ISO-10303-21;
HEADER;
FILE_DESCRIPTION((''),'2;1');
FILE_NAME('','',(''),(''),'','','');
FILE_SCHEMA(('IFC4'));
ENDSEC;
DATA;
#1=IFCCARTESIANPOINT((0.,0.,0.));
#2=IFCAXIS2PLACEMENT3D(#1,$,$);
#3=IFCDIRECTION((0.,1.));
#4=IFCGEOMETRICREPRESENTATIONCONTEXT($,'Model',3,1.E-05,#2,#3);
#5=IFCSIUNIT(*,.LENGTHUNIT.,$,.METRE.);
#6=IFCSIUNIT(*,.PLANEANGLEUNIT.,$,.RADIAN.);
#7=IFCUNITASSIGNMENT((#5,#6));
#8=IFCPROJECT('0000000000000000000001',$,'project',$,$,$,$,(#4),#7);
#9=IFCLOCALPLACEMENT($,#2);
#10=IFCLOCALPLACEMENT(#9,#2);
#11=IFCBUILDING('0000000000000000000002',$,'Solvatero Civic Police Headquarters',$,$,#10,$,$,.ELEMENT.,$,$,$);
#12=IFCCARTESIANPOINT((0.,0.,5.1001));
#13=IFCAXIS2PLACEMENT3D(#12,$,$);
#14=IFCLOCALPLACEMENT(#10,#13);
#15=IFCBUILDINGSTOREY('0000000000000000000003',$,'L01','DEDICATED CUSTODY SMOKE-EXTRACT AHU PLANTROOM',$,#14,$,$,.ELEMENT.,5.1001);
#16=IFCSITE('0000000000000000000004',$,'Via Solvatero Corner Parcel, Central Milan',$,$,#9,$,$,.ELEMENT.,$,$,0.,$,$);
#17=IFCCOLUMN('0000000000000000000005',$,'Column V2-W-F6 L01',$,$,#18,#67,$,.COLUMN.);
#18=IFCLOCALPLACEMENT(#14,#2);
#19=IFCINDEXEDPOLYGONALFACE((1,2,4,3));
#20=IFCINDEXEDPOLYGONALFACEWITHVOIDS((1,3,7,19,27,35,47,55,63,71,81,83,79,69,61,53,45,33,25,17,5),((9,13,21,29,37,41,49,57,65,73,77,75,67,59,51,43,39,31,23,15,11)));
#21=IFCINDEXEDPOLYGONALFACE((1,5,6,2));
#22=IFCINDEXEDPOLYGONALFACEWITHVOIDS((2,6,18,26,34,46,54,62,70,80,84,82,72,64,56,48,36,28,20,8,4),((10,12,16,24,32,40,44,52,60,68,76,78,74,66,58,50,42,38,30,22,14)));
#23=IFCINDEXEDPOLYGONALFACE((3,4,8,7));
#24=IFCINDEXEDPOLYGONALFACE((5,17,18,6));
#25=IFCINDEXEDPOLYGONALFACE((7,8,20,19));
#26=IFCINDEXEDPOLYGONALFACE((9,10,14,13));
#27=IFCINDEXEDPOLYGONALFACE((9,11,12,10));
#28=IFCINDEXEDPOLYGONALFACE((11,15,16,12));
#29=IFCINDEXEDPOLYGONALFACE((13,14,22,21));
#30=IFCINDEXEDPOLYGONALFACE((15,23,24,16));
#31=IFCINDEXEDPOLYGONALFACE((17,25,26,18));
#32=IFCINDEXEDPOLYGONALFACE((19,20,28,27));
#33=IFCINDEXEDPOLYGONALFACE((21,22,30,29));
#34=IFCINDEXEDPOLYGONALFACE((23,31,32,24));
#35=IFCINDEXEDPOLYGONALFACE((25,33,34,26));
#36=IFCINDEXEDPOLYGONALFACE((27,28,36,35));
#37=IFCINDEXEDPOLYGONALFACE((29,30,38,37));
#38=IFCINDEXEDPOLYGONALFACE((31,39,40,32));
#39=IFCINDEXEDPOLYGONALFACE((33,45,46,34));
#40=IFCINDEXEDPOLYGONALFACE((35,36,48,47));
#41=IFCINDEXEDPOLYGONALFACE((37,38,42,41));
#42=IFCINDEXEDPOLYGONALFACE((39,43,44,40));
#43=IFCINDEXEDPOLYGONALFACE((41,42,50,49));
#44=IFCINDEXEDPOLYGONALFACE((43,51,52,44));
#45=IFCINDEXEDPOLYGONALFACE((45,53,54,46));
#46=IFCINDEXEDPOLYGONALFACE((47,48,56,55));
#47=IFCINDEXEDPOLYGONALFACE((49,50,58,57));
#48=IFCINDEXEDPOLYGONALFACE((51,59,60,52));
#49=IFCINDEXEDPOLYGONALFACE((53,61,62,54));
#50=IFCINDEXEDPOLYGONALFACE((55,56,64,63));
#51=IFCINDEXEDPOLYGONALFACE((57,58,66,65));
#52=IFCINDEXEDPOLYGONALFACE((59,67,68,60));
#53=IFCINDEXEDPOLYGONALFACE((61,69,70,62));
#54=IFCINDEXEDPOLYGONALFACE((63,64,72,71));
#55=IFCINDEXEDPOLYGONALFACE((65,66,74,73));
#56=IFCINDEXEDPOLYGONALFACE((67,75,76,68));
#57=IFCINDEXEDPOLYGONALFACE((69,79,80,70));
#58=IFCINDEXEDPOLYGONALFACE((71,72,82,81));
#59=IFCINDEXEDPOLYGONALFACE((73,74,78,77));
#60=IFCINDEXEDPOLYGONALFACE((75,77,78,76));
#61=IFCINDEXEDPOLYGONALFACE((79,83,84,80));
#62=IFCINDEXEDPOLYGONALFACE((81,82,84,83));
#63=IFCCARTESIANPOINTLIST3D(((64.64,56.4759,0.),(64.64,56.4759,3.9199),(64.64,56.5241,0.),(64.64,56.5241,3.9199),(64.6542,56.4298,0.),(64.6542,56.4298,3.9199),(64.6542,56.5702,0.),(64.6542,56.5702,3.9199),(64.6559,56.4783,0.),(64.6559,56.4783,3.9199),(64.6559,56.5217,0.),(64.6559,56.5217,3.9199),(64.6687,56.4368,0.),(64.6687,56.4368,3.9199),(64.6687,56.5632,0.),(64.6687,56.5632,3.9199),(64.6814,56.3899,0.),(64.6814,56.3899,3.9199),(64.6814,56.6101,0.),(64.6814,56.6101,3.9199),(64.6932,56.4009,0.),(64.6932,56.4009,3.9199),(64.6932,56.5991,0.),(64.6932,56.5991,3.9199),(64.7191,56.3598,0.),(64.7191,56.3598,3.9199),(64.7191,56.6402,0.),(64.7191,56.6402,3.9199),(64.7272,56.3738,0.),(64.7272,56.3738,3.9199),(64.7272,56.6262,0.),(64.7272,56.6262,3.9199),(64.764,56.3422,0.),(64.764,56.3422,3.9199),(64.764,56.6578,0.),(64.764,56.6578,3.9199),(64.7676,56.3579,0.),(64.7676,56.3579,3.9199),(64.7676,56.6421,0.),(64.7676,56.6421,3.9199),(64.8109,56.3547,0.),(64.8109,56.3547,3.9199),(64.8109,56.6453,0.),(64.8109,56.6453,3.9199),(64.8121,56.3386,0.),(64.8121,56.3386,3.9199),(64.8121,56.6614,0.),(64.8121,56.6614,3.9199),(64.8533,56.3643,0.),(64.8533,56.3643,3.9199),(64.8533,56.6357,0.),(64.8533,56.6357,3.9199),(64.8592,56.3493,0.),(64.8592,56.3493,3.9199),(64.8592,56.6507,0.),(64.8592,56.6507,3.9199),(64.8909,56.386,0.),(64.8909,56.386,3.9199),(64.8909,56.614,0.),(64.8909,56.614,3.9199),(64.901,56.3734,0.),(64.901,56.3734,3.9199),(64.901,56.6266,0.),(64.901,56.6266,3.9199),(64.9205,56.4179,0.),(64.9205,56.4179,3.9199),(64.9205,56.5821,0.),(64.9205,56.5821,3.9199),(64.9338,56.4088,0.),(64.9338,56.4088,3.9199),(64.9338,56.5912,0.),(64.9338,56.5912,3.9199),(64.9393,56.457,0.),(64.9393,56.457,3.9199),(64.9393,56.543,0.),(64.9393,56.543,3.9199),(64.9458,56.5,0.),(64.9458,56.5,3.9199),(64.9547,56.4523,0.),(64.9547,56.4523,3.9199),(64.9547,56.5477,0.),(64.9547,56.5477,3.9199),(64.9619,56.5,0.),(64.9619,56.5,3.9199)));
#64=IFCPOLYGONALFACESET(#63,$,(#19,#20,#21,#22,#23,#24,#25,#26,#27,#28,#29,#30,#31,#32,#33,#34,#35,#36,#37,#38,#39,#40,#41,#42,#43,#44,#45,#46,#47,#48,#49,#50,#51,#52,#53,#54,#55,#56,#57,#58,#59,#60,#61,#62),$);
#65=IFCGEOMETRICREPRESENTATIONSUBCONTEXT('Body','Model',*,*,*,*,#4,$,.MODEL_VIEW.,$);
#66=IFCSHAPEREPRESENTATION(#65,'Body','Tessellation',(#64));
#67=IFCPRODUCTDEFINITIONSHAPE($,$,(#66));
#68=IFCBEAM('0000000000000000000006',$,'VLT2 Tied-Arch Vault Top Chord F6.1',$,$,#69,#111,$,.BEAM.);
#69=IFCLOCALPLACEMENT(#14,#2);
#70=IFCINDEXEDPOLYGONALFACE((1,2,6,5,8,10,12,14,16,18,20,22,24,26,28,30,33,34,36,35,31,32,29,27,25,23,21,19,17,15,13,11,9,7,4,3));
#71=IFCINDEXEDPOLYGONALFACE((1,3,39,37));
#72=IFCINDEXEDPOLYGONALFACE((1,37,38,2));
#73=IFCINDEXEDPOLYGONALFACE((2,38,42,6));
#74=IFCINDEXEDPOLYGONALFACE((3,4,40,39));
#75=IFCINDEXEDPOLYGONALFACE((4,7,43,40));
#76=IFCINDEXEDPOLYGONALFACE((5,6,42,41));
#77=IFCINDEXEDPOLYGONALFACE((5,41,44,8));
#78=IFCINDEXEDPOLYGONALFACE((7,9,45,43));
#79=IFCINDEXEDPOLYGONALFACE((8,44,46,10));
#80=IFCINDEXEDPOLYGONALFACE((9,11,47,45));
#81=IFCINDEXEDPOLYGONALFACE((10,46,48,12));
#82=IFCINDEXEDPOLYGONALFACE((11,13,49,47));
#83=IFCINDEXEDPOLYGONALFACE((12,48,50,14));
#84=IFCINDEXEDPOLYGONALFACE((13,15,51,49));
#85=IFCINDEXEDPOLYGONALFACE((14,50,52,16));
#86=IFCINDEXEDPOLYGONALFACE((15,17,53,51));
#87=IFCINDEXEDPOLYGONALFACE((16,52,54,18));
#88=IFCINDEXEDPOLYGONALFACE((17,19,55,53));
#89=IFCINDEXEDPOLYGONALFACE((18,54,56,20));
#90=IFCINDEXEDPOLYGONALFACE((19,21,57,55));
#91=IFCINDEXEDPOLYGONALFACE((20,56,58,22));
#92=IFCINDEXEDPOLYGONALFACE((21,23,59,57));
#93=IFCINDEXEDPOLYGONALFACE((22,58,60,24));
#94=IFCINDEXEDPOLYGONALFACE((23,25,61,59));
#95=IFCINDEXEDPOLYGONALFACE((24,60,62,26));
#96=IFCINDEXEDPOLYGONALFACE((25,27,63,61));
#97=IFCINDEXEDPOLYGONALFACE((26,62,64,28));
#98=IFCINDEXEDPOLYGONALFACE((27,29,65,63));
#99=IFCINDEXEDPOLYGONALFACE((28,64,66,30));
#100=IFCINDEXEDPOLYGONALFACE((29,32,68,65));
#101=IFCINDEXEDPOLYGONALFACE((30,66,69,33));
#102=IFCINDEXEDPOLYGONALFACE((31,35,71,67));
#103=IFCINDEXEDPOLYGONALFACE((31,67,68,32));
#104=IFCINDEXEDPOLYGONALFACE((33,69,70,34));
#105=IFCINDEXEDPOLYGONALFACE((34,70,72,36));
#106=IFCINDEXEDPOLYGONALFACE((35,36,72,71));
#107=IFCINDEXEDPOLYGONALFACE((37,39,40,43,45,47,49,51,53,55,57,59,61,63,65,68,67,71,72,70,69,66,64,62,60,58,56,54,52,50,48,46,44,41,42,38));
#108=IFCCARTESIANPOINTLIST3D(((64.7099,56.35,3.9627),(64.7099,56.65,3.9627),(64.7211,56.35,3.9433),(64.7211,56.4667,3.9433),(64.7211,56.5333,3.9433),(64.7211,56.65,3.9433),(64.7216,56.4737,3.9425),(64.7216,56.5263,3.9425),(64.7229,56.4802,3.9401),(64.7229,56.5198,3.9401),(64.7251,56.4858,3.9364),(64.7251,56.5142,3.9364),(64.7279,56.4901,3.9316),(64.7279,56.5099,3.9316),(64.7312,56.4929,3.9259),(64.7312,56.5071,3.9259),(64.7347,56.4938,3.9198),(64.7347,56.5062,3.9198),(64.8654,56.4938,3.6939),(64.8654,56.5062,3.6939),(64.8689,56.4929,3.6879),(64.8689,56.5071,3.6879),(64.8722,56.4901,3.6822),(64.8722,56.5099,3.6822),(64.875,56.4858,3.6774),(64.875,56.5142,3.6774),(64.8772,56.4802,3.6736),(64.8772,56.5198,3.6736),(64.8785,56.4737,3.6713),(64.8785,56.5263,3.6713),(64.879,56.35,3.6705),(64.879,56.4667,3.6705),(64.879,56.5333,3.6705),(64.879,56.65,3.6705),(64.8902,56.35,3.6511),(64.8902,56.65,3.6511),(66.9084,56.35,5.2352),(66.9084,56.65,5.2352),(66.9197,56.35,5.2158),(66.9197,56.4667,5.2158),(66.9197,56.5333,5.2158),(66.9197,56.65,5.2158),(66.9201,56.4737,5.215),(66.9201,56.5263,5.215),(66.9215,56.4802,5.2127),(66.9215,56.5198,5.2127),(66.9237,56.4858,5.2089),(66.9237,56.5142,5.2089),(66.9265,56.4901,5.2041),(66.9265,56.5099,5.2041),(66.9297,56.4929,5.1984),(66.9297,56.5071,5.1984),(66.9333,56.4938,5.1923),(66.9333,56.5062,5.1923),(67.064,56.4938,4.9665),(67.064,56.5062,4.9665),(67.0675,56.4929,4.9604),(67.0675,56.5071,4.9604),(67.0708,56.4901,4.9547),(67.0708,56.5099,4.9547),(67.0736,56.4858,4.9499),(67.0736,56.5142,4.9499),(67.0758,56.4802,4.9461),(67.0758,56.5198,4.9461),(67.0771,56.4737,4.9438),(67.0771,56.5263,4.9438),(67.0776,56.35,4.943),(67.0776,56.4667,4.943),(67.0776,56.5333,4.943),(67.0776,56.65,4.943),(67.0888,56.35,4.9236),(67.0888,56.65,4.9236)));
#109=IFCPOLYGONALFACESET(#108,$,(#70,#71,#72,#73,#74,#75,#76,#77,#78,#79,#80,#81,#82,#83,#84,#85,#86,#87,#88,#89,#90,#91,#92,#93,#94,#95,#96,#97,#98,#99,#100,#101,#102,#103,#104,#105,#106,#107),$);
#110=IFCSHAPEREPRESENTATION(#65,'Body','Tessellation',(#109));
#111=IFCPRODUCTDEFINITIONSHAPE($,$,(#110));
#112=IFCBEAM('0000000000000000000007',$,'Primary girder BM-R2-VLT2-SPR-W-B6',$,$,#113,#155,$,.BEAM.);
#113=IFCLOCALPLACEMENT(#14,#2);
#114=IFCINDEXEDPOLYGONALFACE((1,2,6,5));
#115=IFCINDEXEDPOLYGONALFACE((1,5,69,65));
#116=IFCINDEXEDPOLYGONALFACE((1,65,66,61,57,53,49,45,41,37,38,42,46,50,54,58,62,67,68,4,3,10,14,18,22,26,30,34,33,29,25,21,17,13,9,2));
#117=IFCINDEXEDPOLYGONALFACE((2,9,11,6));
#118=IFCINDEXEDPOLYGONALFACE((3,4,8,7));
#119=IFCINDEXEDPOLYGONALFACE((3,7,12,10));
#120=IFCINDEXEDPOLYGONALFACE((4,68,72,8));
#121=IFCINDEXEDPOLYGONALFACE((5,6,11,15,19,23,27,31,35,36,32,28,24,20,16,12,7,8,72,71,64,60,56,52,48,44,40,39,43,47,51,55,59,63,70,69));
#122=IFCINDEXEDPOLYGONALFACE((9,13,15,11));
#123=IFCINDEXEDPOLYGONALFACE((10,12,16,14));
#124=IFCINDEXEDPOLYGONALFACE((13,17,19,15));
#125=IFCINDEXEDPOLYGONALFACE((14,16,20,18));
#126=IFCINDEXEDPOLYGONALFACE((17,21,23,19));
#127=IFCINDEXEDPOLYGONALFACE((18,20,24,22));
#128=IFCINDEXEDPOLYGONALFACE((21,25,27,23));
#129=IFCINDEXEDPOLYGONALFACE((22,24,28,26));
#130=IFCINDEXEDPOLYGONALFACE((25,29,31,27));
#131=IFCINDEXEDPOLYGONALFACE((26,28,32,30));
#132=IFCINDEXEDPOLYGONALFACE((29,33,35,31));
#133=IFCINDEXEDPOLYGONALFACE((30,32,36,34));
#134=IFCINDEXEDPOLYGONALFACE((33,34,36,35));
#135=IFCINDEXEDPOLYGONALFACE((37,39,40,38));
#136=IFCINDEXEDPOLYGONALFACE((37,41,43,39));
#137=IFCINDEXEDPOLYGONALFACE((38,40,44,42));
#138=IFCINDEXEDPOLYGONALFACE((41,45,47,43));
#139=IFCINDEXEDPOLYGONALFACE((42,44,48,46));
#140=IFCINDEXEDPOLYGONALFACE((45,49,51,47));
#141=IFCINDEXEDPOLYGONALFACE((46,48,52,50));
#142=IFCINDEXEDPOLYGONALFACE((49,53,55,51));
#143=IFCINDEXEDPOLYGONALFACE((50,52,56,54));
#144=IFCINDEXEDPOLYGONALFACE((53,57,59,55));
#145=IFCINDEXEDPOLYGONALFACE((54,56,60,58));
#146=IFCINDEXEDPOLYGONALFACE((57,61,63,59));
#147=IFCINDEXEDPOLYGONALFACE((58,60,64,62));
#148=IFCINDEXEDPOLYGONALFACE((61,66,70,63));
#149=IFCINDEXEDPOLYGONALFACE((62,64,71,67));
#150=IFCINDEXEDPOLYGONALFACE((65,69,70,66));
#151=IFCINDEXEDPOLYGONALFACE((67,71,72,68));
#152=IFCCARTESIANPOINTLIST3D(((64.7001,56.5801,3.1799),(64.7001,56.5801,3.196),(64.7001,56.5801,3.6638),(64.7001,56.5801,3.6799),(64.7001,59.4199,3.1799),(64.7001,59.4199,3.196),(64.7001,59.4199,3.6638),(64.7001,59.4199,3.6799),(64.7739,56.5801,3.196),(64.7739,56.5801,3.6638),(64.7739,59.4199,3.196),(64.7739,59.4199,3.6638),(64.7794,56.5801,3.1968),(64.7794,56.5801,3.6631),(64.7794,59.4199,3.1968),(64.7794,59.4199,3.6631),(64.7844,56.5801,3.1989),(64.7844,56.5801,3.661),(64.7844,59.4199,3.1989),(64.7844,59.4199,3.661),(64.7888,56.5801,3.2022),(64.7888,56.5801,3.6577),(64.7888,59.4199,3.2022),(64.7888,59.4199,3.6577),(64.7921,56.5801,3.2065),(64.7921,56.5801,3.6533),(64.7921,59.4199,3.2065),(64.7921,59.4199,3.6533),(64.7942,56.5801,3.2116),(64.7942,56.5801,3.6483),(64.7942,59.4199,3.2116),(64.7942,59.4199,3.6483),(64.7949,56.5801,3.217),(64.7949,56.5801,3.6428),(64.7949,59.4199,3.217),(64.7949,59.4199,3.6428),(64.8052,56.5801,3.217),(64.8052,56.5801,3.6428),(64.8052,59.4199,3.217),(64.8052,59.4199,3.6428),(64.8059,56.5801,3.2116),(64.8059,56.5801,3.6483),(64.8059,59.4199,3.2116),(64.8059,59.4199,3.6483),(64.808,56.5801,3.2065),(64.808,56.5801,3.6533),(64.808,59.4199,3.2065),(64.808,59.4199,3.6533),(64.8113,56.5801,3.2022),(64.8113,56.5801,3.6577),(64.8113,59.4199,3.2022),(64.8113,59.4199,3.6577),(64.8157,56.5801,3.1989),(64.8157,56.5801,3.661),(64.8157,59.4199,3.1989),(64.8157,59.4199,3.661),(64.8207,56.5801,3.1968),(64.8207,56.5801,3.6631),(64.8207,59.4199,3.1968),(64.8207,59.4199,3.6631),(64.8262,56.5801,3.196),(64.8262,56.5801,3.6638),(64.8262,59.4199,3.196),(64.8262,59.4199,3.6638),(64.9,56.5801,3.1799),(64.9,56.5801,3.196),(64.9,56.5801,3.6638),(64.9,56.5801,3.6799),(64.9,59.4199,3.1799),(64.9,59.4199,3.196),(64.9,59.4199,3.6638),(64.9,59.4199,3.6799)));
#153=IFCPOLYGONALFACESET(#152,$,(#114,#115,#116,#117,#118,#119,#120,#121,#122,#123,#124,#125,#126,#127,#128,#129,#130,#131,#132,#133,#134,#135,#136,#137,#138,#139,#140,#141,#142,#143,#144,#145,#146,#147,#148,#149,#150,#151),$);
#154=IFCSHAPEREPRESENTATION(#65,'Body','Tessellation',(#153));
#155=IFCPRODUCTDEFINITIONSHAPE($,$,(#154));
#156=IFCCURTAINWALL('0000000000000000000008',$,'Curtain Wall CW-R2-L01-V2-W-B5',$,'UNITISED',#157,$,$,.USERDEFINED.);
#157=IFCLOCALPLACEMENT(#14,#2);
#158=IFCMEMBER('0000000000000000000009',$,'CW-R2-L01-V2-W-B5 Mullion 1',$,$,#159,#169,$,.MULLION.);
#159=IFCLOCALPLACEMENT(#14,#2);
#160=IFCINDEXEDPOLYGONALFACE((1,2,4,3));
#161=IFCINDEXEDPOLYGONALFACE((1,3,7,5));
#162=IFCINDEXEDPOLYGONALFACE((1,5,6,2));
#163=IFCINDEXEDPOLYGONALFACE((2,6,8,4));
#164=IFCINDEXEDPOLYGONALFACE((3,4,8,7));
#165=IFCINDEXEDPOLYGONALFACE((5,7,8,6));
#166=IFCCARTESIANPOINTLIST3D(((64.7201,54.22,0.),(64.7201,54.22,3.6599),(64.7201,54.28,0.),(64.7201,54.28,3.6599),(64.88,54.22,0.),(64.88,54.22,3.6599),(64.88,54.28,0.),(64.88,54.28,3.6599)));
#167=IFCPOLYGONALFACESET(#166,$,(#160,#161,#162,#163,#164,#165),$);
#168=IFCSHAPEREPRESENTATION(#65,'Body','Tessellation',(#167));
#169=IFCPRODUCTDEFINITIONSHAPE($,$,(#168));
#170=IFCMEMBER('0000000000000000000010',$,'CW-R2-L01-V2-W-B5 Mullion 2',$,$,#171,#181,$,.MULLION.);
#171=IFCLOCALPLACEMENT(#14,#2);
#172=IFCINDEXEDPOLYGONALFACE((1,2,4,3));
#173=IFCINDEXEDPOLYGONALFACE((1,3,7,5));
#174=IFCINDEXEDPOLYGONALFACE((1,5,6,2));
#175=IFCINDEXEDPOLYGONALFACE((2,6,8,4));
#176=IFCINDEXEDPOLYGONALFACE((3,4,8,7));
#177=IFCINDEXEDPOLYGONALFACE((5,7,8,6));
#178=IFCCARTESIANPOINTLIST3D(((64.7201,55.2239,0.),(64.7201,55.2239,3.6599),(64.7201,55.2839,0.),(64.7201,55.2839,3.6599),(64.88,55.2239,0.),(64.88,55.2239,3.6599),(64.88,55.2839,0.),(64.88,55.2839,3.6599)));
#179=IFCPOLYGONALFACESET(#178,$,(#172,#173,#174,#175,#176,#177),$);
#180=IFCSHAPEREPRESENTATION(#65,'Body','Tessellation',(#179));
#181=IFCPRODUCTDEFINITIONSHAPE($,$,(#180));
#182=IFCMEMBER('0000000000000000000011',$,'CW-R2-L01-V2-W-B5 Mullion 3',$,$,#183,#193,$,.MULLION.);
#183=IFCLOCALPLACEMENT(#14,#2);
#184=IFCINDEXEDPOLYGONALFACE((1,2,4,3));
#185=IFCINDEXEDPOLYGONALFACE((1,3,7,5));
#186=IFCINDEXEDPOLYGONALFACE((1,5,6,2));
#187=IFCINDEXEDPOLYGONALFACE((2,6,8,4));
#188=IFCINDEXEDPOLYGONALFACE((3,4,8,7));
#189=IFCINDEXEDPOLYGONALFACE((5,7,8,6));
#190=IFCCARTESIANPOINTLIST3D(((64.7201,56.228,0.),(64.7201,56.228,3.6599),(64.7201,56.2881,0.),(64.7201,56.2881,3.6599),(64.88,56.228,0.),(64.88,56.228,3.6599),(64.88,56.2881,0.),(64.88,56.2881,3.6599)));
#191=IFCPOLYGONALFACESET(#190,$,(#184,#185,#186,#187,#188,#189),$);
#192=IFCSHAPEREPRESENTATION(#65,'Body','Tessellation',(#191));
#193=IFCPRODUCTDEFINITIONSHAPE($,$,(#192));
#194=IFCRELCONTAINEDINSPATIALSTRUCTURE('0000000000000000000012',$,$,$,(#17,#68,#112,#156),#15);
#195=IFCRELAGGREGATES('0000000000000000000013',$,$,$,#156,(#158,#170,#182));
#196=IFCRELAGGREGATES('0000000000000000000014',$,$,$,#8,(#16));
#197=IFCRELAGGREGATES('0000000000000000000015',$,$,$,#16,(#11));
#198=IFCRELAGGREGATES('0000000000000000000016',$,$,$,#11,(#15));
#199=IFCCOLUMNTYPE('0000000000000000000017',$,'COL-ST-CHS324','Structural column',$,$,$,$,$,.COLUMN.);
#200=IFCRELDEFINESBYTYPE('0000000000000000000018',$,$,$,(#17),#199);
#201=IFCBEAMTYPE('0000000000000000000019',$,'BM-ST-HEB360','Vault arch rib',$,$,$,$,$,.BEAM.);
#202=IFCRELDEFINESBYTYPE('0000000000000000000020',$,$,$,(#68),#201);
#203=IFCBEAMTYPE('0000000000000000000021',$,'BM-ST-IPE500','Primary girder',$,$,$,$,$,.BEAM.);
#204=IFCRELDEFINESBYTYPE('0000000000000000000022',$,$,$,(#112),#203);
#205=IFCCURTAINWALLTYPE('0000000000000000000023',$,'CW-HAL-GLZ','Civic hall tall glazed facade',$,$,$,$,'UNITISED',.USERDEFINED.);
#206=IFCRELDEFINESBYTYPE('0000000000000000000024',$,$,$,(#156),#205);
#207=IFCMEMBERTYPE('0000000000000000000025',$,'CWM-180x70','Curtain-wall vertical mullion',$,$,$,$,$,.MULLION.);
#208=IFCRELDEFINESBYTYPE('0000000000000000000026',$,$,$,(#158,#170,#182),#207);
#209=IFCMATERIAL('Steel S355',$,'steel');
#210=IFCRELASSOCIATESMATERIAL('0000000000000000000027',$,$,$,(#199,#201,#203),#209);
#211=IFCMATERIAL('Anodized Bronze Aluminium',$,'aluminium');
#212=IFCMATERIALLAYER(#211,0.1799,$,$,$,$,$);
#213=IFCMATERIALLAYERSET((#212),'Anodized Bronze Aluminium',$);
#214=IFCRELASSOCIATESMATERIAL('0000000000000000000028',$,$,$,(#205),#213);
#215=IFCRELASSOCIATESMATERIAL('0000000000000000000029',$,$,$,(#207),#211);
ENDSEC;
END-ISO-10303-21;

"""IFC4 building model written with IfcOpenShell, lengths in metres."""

from ifc_helpers import new_model, si_unit, direction, frame, origin, origin_2d, place, context, subcontext, project, spatial, rectangle, hollow_circle, i_section, extrude, material, layer, layer_set, material_profile, profile_set, type_object, element, aggregate, save


model = new_model("IFC4")

# Units and contexts
model_context = context("Model", 3, precision=1e-05, world=origin(), true_north=direction((0.0, 1.0)))
body_context = subcontext(model_context, "Body", "Model", "MODEL_VIEW")
ifc_project = project(units=[si_unit("LENGTHUNIT", "METRE"), si_unit("PLANEANGLEUNIT", "RADIAN")], contexts=[model_context])

# Site, building, storey
site_placement = place(None, origin())
site = spatial("IfcSite", under=ifc_project, at=site_placement, Name="Via Solvatero Corner Parcel, Central Milan", CompositionType="ELEMENT", RefElevation=0.0)
building_placement = place(site_placement, origin())
building = spatial("IfcBuilding", under=site, at=building_placement, Name="Solvatero Civic Police Headquarters", CompositionType="ELEMENT")
storey_placement = place(building_placement, frame((0.0, 0.0, 5.1001)))
storey = spatial("IfcBuildingStorey", under=building, at=storey_placement, Name="L01", Description="DEDICATED CUSTODY SMOKE-EXTRACT AHU PLANTROOM", CompositionType="ELEMENT", Elevation=5.1001)

# Column
ifc_material_1 = material(Name="Steel S355", Category="steel")
ifc_material_profile_1 = material_profile(ifc_material_1, hollow_circle(Radius=0.1619, WallThickness=0.0161, at=origin_2d()), Name="CHS 323.9x16.0")
ifc_profile_set_1 = profile_set([ifc_material_profile_1], Name="Steel S355")
column_type = type_object("IfcColumnType", Name="COL-ST-CHS324", Description="Structural column", PredefinedType="COLUMN", material=ifc_profile_set_1)
column_placement = place(storey_placement, frame((64.8, 56.5, 0.0), z_axis=(0.0, 0.0, 1.0), x_axis=(1.0, 0.0, 0.0)))
element("IfcColumn", 1, at=column_placement, inside=storey, type_object=column_type, Name="Column V2-W-F6 L01", PredefinedType="COLUMN", context=body_context, shape_type="SweptSolid", body=[
    extrude(hollow_circle(Radius=0.1619, WallThickness=0.0161, at=origin_2d()), origin(), (0.0, 0.0, 1.0), 3.9199),
])

# Beams
ifc_material_profile_2 = material_profile(ifc_material_1, i_section(OverallWidth=0.3, OverallDepth=0.3601, WebThickness=0.0125, FlangeThickness=0.0225, FilletRadius=0.0271, at=origin_2d()), Name="HEB 360")
ifc_profile_set_2 = profile_set([ifc_material_profile_2], Name="Steel S355")
beam_type_1 = type_object("IfcBeamType", Name="BM-ST-HEB360", Description="Vault arch rib", PredefinedType="BEAM", material=ifc_profile_set_2)
beam_1_placement = place(storey_placement, frame((64.8, 56.5, 3.8069), z_axis=(0.865486, 0.0, 0.500934), x_axis=(0.0, 1.0, 0.0)))
element("IfcBeam", 2, at=beam_1_placement, inside=storey, type_object=beam_type_1, Name="VLT2 Tied-Arch Vault Top Chord F6.1", PredefinedType="BEAM", context=body_context, shape_type="SweptSolid", body=[
    extrude(i_section(OverallWidth=0.3, OverallDepth=0.3601, WebThickness=0.0125, FlangeThickness=0.0225, FilletRadius=0.0271, at=origin_2d()), origin(), (0.0, 0.0, 1.0), 2.5403),
])
ifc_material_profile_3 = material_profile(ifc_material_1, i_section(OverallWidth=0.2, OverallDepth=0.5, WebThickness=0.0103, FlangeThickness=0.0161, FilletRadius=0.021, at=origin_2d()), Name="IPE 500")
ifc_profile_set_3 = profile_set([ifc_material_profile_3], Name="Steel S355")
beam_type_2 = type_object("IfcBeamType", Name="BM-ST-IPE500", Description="Primary girder", PredefinedType="BEAM", material=ifc_profile_set_3)
beam_2_placement = place(storey_placement, frame((64.8, 56.5801, 3.4299), z_axis=(0.0, 1.0, 0.0), x_axis=(-1.0, 0.0, 0.0)))
element("IfcBeam", 3, at=beam_2_placement, inside=storey, type_object=beam_type_2, Name="Primary girder BM-R2-VLT2-SPR-W-B6", PredefinedType="BEAM", context=body_context, shape_type="SweptSolid", body=[
    extrude(i_section(OverallWidth=0.2, OverallDepth=0.5, WebThickness=0.0103, FlangeThickness=0.0161, FilletRadius=0.021, at=origin_2d()), origin(), (0.0, 0.0, 1.0), 2.8398),
])

# Curtain wall, members
ifc_material_2 = material(Name="Anodized Bronze Aluminium", Category="aluminium")
ifc_layer_1 = layer(ifc_material_2, 0.1799)
ifc_layer_set_1 = layer_set([ifc_layer_1], Name="Anodized Bronze Aluminium")
curtain_wall_type_1 = type_object("IfcCurtainWallType", Name="CW-HAL-GLZ", Description="Civic hall tall glazed facade", ElementType="UNITISED", PredefinedType="USERDEFINED", material=ifc_layer_set_1)
curtain_wall_1_placement = place(storey_placement, origin())
curtain_wall_1 = element("IfcCurtainWall", 4, at=curtain_wall_1_placement, inside=storey, type_object=curtain_wall_type_1, Name="Curtain Wall CW-R2-L01-V2-W-B5", ObjectType="UNITISED", PredefinedType="USERDEFINED")
ifc_material_profile_4 = material_profile(ifc_material_2, rectangle(XDim=0.0601, YDim=0.1599, at=origin_2d()), Name="ALU MULLION 60x160")
ifc_profile_set_4 = profile_set([ifc_material_profile_4], Name="Anodized Bronze Aluminium")
member_type_1 = type_object("IfcMemberType", Name="CWM-180x70", Description="Curtain-wall vertical mullion", PredefinedType="MULLION", material=ifc_profile_set_4)
member_1_placement = place(storey_placement, frame((64.8, 54.25, 0.0), z_axis=(0.0, 0.0, 1.0), x_axis=(0.0, 1.0, 0.0)))
member_1 = element("IfcMember", 5, at=member_1_placement, type_object=member_type_1, Name="CW-R2-L01-V2-W-B5 Mullion 1", PredefinedType="MULLION", context=body_context, shape_type="SweptSolid", body=[
    extrude(rectangle(XDim=0.0601, YDim=0.1599, at=origin_2d()), origin(), (0.0, 0.0, 1.0), 3.6599),
])
member_2_placement = place(storey_placement, frame((64.8, 55.2539, 0.0), z_axis=(0.0, 0.0, 1.0), x_axis=(0.0, 1.0, 0.0)))
member_2 = element("IfcMember", 6, at=member_2_placement, type_object=member_type_1, Name="CW-R2-L01-V2-W-B5 Mullion 2", PredefinedType="MULLION", context=body_context, shape_type="SweptSolid", body=[
    extrude(rectangle(XDim=0.0601, YDim=0.1599, at=origin_2d()), origin(), (0.0, 0.0, 1.0), 3.6599),
])
member_3_placement = place(storey_placement, frame((64.8, 56.2581, 0.0), z_axis=(0.0, 0.0, 1.0), x_axis=(0.0, 1.0, 0.0)))
member_3 = element("IfcMember", 7, at=member_3_placement, type_object=member_type_1, Name="CW-R2-L01-V2-W-B5 Mullion 3", PredefinedType="MULLION", context=body_context, shape_type="SweptSolid", body=[
    extrude(rectangle(XDim=0.0601, YDim=0.1599, at=origin_2d()), origin(), (0.0, 0.0, 1.0), 3.6599),
])

aggregate(curtain_wall_1, [member_1, member_2, member_3])

save(model, "model.ifc")
